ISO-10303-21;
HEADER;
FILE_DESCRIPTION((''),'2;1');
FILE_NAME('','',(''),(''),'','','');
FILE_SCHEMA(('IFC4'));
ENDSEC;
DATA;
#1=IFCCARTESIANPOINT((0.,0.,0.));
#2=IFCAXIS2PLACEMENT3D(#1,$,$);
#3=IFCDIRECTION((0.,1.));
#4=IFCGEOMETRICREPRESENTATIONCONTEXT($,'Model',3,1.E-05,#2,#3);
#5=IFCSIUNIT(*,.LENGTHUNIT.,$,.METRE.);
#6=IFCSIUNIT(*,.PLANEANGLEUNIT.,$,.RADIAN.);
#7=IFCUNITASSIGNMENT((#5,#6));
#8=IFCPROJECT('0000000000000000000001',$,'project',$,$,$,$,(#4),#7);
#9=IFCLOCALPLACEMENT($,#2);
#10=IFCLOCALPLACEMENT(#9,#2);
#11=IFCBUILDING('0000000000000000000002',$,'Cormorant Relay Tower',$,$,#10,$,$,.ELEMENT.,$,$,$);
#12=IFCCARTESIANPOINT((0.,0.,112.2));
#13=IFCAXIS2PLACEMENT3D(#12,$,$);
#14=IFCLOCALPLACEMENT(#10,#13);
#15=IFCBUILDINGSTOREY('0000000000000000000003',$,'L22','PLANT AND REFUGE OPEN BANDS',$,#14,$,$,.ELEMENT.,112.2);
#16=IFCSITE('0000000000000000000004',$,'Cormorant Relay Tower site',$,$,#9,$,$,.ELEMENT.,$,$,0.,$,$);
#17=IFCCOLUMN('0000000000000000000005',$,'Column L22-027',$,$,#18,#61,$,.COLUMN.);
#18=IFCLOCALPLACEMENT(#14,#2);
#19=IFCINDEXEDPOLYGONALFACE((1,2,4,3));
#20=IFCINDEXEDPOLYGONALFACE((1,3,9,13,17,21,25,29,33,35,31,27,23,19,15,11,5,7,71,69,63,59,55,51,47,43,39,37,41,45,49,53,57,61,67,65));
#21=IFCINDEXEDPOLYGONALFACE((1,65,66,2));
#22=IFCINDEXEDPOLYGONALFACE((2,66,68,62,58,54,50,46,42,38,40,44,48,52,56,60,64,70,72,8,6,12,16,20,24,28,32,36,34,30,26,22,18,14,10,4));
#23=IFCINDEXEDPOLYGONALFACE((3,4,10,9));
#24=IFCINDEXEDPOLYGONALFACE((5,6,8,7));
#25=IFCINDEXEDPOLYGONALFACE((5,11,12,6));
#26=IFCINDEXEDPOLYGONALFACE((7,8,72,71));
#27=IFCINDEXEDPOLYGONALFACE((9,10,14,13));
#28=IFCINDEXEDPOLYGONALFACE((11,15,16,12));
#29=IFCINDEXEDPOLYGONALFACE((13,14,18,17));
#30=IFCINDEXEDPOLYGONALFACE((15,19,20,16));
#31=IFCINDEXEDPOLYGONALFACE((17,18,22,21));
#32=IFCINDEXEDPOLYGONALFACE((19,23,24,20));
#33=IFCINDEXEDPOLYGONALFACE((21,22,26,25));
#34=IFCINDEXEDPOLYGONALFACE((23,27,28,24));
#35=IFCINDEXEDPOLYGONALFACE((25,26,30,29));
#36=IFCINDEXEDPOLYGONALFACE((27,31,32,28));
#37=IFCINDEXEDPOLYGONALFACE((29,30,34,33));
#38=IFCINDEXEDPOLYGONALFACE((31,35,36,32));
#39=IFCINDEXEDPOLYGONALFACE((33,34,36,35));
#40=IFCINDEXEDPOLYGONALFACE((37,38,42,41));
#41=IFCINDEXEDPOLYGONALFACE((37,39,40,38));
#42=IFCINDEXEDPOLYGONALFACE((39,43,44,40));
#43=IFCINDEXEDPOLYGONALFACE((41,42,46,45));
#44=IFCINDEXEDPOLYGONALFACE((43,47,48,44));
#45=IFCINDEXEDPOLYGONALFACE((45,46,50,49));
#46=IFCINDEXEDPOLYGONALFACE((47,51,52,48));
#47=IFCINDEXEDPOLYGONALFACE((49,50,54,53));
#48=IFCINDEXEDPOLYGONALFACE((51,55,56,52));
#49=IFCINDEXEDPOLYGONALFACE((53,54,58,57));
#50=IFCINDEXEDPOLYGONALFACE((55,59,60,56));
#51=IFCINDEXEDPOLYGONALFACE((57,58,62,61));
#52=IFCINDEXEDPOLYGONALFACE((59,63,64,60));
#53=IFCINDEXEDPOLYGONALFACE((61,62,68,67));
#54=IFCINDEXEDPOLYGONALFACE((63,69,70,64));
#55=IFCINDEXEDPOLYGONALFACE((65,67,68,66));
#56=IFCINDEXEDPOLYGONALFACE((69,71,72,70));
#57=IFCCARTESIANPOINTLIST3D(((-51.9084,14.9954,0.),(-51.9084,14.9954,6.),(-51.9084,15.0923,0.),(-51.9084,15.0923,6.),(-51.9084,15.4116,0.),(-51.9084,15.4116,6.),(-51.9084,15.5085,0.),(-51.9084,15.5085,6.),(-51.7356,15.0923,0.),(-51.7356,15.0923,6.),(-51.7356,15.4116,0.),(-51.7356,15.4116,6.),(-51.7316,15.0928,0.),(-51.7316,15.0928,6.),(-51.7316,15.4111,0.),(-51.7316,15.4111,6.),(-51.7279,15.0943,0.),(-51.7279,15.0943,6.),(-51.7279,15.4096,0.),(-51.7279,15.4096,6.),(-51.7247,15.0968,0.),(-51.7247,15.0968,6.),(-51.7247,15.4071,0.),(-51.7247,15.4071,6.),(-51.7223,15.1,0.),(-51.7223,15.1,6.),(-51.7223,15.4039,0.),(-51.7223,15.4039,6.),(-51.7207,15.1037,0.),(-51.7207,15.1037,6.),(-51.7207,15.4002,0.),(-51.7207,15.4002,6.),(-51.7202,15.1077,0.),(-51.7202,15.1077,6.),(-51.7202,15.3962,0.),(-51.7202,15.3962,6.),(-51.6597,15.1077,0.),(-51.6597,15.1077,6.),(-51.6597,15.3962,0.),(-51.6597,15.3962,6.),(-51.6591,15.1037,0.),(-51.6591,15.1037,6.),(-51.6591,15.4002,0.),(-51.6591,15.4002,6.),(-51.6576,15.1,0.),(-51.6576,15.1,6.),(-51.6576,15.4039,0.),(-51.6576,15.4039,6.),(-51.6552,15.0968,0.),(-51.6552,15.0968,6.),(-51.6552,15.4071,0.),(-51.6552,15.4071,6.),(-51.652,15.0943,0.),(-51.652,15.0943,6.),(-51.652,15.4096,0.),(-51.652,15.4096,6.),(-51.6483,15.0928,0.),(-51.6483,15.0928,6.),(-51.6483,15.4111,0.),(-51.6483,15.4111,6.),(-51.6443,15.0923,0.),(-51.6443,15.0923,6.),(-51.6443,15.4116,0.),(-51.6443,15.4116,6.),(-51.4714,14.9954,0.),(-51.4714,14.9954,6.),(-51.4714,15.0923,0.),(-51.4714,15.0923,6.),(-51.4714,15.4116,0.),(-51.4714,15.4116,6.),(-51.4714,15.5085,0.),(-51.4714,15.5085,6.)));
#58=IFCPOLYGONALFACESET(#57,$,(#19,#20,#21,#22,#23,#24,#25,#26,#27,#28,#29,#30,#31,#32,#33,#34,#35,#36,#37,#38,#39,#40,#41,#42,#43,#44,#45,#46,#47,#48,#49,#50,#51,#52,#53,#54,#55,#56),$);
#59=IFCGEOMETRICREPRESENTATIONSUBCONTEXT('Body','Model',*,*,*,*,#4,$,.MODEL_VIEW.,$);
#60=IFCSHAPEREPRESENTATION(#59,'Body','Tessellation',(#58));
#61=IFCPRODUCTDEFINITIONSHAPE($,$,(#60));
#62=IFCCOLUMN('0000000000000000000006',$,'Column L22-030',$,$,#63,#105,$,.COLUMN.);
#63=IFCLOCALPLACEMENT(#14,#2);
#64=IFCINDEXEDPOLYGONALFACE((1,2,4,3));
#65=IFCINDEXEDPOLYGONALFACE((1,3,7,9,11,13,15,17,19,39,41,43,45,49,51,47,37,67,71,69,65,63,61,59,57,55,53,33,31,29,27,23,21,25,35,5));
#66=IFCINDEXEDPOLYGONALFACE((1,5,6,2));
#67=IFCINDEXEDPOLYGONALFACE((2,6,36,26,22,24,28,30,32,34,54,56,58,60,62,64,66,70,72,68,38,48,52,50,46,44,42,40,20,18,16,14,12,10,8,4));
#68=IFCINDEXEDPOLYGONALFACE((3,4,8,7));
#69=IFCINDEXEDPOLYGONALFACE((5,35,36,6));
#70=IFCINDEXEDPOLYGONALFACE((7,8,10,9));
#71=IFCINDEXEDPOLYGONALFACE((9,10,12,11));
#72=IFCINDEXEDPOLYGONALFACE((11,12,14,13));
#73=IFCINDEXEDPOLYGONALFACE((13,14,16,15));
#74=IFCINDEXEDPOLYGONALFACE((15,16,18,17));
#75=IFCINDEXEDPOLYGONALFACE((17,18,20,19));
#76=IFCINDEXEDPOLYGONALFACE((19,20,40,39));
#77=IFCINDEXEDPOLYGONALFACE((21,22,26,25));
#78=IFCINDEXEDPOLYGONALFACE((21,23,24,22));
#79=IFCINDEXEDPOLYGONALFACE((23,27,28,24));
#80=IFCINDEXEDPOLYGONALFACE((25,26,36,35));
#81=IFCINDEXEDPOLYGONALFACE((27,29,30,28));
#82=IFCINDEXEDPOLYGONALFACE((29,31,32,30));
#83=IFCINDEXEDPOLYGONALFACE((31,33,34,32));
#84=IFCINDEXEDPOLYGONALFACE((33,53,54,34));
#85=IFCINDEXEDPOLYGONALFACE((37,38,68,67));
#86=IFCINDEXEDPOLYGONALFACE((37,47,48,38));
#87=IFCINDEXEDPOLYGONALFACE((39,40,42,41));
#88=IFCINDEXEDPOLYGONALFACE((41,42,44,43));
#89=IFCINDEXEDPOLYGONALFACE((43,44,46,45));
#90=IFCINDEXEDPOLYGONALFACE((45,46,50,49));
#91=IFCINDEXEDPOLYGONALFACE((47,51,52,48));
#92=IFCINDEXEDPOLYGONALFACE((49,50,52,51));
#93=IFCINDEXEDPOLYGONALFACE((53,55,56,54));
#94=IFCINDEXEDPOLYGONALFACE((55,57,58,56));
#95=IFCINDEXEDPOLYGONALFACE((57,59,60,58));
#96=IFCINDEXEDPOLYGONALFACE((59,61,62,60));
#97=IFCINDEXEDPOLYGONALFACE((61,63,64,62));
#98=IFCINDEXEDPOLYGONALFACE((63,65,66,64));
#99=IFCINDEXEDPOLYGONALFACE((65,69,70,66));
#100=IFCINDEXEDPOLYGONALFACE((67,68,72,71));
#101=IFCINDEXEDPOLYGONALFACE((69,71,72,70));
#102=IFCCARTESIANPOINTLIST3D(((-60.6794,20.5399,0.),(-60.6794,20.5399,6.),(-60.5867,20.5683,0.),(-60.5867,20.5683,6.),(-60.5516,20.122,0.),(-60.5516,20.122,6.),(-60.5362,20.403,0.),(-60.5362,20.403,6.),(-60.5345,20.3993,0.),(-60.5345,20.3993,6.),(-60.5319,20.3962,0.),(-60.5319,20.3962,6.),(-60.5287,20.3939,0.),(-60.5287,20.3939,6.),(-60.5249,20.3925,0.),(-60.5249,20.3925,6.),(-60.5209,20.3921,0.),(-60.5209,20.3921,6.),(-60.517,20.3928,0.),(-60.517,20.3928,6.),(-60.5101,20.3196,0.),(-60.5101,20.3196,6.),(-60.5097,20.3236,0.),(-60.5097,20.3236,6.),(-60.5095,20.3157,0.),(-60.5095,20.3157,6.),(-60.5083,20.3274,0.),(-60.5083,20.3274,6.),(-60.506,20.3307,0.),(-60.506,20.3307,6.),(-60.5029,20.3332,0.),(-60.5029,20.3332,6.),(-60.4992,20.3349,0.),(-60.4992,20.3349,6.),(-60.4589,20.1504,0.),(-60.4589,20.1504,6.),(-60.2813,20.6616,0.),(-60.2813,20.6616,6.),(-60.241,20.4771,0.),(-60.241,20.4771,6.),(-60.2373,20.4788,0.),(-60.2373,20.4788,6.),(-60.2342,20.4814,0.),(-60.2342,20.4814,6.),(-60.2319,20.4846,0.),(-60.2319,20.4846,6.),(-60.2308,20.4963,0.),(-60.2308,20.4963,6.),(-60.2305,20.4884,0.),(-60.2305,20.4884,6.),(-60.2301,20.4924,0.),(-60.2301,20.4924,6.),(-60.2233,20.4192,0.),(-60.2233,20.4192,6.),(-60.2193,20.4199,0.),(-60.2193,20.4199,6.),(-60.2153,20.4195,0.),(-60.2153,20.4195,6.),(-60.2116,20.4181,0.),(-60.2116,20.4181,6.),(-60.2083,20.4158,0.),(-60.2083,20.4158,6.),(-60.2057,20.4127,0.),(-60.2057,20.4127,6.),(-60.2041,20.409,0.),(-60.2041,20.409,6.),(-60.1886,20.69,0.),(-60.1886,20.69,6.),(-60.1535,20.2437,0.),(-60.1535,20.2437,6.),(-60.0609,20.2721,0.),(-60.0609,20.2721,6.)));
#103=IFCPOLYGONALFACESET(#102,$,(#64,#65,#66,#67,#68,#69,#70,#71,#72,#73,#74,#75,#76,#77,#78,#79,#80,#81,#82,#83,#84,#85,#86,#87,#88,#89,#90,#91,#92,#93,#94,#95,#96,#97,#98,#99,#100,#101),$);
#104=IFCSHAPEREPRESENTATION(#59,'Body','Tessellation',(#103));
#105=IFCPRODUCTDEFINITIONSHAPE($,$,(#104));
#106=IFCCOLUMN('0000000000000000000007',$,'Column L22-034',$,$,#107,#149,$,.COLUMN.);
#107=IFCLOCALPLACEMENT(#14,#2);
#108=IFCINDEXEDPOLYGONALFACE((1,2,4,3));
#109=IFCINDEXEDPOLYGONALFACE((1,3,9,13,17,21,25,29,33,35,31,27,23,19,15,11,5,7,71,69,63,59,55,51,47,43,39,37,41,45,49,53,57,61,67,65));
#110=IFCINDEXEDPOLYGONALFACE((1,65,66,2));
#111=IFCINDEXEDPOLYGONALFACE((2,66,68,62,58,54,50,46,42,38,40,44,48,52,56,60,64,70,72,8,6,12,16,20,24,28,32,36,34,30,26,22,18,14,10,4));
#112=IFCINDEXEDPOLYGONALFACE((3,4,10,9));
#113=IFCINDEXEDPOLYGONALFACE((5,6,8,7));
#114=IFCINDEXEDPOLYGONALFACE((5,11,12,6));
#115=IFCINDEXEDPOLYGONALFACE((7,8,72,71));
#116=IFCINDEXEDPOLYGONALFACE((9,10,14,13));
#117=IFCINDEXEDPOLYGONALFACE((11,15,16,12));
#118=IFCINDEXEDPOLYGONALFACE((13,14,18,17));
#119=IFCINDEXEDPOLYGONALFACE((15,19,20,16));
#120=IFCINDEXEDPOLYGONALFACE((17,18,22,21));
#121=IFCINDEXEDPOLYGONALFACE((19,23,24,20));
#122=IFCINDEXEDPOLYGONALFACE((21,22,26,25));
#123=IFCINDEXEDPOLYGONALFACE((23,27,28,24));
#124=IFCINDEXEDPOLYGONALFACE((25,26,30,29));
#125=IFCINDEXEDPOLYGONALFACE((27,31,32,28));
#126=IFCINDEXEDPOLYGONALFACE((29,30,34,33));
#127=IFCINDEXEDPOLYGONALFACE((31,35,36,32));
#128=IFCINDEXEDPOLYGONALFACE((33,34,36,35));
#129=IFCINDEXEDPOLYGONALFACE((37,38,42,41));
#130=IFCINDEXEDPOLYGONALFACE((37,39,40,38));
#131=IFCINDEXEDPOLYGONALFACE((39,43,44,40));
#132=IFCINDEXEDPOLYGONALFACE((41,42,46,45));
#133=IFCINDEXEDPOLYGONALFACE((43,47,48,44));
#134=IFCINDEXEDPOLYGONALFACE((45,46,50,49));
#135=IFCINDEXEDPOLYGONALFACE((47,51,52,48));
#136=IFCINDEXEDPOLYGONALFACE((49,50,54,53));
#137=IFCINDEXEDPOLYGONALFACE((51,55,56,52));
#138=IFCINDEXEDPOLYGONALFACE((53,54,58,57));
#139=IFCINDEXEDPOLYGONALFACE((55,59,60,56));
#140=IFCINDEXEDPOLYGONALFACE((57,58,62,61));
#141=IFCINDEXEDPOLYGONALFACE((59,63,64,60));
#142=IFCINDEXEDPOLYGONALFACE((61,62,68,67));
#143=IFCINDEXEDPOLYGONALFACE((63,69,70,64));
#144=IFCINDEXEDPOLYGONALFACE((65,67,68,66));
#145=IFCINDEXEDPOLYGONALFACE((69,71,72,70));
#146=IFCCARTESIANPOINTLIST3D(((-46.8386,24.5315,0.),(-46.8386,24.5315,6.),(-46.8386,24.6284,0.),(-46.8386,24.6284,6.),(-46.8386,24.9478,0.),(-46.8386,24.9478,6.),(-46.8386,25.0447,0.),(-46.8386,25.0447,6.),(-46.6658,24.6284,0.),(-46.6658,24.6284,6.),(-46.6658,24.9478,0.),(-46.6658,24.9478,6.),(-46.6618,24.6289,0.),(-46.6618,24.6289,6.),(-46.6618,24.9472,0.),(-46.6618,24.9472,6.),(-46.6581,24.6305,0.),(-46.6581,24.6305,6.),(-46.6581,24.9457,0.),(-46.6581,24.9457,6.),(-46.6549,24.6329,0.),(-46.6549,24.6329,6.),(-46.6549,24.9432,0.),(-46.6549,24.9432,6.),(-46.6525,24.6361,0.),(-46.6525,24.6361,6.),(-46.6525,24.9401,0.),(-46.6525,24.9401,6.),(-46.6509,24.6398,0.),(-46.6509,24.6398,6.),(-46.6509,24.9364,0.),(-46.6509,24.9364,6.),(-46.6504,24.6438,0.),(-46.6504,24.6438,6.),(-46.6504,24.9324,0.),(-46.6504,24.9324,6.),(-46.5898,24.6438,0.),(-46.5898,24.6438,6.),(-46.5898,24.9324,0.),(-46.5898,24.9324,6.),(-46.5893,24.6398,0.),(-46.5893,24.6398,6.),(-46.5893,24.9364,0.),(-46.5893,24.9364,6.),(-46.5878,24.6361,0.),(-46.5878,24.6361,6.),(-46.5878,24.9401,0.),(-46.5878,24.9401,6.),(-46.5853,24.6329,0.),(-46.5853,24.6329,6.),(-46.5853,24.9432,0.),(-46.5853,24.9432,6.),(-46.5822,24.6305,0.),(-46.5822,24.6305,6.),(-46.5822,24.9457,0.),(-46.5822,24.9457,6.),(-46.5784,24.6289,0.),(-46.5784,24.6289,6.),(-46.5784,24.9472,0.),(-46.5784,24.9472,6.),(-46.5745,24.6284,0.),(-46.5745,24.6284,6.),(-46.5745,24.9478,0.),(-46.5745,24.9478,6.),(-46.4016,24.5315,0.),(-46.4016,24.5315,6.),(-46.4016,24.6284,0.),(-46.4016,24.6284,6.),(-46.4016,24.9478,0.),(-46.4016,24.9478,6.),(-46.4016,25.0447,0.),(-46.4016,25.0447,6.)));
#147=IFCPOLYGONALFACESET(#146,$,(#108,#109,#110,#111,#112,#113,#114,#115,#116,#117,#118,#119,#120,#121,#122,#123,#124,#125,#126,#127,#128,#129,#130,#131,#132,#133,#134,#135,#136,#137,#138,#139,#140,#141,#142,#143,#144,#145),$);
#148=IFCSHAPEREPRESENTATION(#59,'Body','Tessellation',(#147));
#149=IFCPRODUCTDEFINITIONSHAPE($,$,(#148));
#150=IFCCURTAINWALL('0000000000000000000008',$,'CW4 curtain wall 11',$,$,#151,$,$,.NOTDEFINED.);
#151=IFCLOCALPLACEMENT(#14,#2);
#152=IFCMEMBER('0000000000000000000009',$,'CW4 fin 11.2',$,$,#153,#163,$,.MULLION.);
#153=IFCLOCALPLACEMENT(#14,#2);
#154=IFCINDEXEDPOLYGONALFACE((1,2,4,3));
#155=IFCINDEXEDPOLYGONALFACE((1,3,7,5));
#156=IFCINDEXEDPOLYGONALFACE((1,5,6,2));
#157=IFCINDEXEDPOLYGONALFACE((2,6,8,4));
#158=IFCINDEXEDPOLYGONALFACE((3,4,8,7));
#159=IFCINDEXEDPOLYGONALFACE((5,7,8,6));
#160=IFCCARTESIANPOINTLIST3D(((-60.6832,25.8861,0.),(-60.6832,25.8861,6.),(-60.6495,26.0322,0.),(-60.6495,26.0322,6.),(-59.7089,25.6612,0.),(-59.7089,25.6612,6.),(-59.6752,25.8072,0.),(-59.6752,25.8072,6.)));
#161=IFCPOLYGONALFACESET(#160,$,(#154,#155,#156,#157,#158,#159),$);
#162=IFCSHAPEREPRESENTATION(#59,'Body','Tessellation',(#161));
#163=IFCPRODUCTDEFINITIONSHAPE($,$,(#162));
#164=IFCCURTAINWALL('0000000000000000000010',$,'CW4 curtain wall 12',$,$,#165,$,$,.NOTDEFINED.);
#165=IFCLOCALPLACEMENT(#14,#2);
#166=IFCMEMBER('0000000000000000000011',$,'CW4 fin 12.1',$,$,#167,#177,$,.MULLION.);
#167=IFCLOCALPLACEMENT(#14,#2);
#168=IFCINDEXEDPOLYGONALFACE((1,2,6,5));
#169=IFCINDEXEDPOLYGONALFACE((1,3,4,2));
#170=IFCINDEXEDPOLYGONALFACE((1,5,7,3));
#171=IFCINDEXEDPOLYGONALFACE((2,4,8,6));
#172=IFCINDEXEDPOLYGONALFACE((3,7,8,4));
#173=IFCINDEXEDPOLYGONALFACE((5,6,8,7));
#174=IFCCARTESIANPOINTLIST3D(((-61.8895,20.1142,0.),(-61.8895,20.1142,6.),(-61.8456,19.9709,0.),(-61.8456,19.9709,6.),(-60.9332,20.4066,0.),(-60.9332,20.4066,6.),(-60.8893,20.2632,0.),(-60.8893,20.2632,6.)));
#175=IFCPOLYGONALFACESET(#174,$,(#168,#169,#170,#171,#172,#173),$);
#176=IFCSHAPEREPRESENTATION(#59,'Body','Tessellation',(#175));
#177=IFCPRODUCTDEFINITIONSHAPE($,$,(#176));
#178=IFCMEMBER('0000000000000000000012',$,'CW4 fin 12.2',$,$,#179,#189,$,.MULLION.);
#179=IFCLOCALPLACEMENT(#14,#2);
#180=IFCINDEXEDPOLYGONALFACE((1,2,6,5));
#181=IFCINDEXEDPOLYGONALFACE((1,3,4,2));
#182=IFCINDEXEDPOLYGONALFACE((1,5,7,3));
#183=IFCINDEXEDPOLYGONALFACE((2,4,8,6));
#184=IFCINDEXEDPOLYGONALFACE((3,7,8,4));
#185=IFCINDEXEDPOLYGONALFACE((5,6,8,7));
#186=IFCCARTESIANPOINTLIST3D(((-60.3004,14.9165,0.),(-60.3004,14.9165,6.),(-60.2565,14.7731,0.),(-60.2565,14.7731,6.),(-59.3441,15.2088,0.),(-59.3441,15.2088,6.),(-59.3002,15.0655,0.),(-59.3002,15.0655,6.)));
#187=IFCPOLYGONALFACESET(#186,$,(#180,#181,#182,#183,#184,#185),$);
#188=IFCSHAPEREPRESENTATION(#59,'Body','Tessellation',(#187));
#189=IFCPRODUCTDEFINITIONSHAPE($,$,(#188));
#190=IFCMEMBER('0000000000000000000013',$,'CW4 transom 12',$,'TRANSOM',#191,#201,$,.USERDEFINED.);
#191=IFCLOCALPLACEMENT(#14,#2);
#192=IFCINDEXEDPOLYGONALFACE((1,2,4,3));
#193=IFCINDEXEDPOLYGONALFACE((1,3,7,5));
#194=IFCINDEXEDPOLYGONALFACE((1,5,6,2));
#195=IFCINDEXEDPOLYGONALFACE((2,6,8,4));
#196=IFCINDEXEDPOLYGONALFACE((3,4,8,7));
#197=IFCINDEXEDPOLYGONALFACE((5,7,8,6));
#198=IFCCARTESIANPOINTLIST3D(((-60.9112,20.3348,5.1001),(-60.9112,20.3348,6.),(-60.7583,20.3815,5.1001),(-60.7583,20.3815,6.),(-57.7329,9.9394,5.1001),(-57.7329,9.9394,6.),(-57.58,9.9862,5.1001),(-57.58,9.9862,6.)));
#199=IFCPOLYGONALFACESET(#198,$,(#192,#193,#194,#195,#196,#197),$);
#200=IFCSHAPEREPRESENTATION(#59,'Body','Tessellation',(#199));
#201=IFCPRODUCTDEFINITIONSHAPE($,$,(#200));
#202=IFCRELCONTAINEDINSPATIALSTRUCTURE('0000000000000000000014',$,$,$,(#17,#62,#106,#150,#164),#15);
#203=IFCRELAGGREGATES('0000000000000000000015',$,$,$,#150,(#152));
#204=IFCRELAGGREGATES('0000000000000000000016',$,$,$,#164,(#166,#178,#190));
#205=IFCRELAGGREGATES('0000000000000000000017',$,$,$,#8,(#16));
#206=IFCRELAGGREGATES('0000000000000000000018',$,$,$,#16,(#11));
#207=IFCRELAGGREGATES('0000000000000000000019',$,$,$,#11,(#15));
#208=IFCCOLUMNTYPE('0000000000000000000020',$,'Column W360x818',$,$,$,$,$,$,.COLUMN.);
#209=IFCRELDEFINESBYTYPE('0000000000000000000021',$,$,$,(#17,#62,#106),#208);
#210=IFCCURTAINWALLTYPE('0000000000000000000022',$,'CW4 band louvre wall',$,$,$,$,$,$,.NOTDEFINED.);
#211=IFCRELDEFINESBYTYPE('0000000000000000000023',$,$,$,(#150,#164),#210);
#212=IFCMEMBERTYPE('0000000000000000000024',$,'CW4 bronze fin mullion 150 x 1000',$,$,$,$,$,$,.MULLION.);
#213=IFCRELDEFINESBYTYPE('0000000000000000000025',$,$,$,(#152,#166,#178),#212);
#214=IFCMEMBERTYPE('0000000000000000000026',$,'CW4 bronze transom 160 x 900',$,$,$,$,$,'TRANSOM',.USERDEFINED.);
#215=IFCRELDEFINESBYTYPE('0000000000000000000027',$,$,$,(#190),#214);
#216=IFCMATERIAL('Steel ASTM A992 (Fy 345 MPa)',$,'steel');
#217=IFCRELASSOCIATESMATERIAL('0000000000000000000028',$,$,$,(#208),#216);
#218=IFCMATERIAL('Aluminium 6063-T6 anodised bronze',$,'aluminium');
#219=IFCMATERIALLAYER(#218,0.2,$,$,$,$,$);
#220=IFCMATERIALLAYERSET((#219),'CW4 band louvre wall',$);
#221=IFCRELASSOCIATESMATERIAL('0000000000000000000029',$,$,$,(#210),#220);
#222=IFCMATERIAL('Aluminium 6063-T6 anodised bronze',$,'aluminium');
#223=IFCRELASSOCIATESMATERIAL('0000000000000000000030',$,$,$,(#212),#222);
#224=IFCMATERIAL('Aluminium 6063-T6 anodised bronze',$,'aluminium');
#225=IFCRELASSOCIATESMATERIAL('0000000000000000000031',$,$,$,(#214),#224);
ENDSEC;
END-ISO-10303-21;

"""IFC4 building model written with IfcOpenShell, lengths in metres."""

from ifc_helpers import new_model, si_unit, direction, frame, origin, origin_2d, place, context, subcontext, project, spatial, rectangle, i_section, extrude, material, layer, layer_set, material_profile, profile_set, type_object, element, aggregate, save


model = new_model("IFC4")

# Units and contexts
model_context = context("Model", 3, precision=1e-05, world=origin(), true_north=direction((0.0, 1.0)))
body_context = subcontext(model_context, "Body", "Model", "MODEL_VIEW")
ifc_project = project(units=[si_unit("LENGTHUNIT", "METRE"), si_unit("PLANEANGLEUNIT", "RADIAN")], contexts=[model_context])

# Site, building, storey
site_placement = place(None, origin())
site = spatial("IfcSite", under=ifc_project, at=site_placement, Name="Cormorant Relay Tower site", CompositionType="ELEMENT", RefElevation=0.0)
building_placement = place(site_placement, origin())
building = spatial("IfcBuilding", under=site, at=building_placement, Name="Cormorant Relay Tower", CompositionType="ELEMENT")
storey_placement = place(building_placement, frame((0.0, 0.0, 112.2)))
storey = spatial("IfcBuildingStorey", under=building, at=storey_placement, Name="L22", Description="PLANT AND REFUGE OPEN BANDS", CompositionType="ELEMENT", Elevation=112.2)

# Columns
ifc_material_1 = material(Name="Steel ASTM A992 (Fy 345 MPa)", Category="steel")
ifc_material_profile_1 = material_profile(ifc_material_1, i_section(OverallWidth=0.437, OverallDepth=0.5132, WebThickness=0.0605, FlangeThickness=0.0969, FilletRadius=0.0154, at=origin_2d()), Name="W360x818")
ifc_profile_set_1 = profile_set([ifc_material_profile_1], Name="Steel ASTM A992 (Fy 345 MPa)")
column_type = type_object("IfcColumnType", Name="Column W360x818", PredefinedType="COLUMN", material=ifc_profile_set_1)
for number, where, z_axis, x_axis, name in (
    (1, (-51.6899, 15.252, 0.0), (0.0, 0.0, 1.0), (1.0, 0.0, 0.0), "Column L22-027"),
    (2, (-60.3701, 20.406, 0.0), (0.0, 0.0, 1.0), (0.292372, -0.956305, 0.0), "Column L22-030"),
    (3, (-46.6201, 24.7881, 0.0), (0.0, 0.0, 1.0), (1.0, 0.0, 0.0), "Column L22-034"),
):
    element("IfcColumn", number, at=place(storey_placement, frame(where, z_axis=z_axis, x_axis=x_axis)), inside=storey, type_object=column_type, Name=name, PredefinedType="COLUMN", context=body_context, shape_type="SweptSolid", body=[
        extrude(i_section(OverallWidth=0.437, OverallDepth=0.5132, WebThickness=0.0605, FlangeThickness=0.0969, FilletRadius=0.0154, at=origin_2d()), origin(), (0.0, 0.0, 1.0), 6.0),
    ])

# Curtain wall, member
ifc_material_2 = material(Name="Aluminium 6063-T6 anodised bronze", Category="aluminium")
ifc_layer_1 = layer(ifc_material_2, 0.2)
ifc_layer_set_1 = layer_set([ifc_layer_1], Name="CW4 band louvre wall")
curtain_wall_type = type_object("IfcCurtainWallType", Name="CW4 band louvre wall", PredefinedType="NOTDEFINED", material=ifc_layer_set_1)
curtain_wall_1_placement = place(storey_placement, origin())
curtain_wall_1 = element("IfcCurtainWall", 4, at=curtain_wall_1_placement, inside=storey, type_object=curtain_wall_type, Name="CW4 curtain wall 11", PredefinedType="NOTDEFINED")
ifc_material_3 = material(Name="Aluminium 6063-T6 anodised bronze", Category="aluminium")
ifc_material_profile_2 = material_profile(ifc_material_3, rectangle(XDim=0.1499, YDim=1.0, at=origin_2d()), Name="AL 150x1000")
ifc_profile_set_2 = profile_set([ifc_material_profile_2], Name="Aluminium 6063-T6 anodised bronze")
member_type_1 = type_object("IfcMemberType", Name="CW4 bronze fin mullion 150 x 1000", PredefinedType="MULLION", material=ifc_profile_set_2)
member_1_placement = place(storey_placement, frame((-60.1792, 25.8467, 0.0), z_axis=(0.0, 0.0, 1.0), x_axis=(-0.224951, -0.97437, 0.0)))
member_1 = element("IfcMember", 5, at=member_1_placement, type_object=member_type_1, Name="CW4 fin 11.2", PredefinedType="MULLION", context=body_context, shape_type="SweptSolid", body=[
    extrude(rectangle(XDim=0.1499, YDim=1.0, at=origin_2d()), origin(), (0.0, 0.0, 1.0), 6.0),
])

# Curtain wall, members
curtain_wall_2_placement = place(storey_placement, origin())
curtain_wall_2 = element("IfcCurtainWall", 6, at=curtain_wall_2_placement, inside=storey, type_object=curtain_wall_type, Name="CW4 curtain wall 12", PredefinedType="NOTDEFINED")
member_2_placement = place(storey_placement, frame((-61.3894, 20.1887, 0.0), z_axis=(0.0, 0.0, 1.0), x_axis=(0.292372, -0.956305, 0.0)))
member_2 = element("IfcMember", 7, at=member_2_placement, type_object=member_type_1, Name="CW4 fin 12.1", PredefinedType="MULLION", context=body_context, shape_type="SweptSolid", body=[
    extrude(rectangle(XDim=0.1499, YDim=1.0, at=origin_2d()), origin(), (0.0, 0.0, 1.0), 6.0),
])
member_3_placement = place(storey_placement, frame((-59.8003, 14.991, 0.0), z_axis=(0.0, 0.0, 1.0), x_axis=(0.292372, -0.956305, 0.0)))
member_3 = element("IfcMember", 8, at=member_3_placement, type_object=member_type_1, Name="CW4 fin 12.2", PredefinedType="MULLION", context=body_context, shape_type="SweptSolid", body=[
    extrude(rectangle(XDim=0.1499, YDim=1.0, at=origin_2d()), origin(), (0.0, 0.0, 1.0), 6.0),
])
ifc_material_4 = material(Name="Aluminium 6063-T6 anodised bronze", Category="aluminium")
ifc_material_profile_3 = material_profile(ifc_material_4, rectangle(XDim=0.1599, YDim=0.8999, at=origin_2d()), Name="AL 160x900")
ifc_profile_set_3 = profile_set([ifc_material_profile_3], Name="Aluminium 6063-T6 anodised bronze")
member_type_2 = type_object("IfcMemberType", Name="CW4 bronze transom 160 x 900", ElementType="TRANSOM", PredefinedType="USERDEFINED", material=ifc_profile_set_3)
member_4_placement = place(storey_placement, frame((-60.8347, 20.3582, 5.55), z_axis=(0.292378, -0.956303, 0.0), x_axis=(0.956303, 0.292378, 0.0)))
member_4 = element("IfcMember", 9, at=member_4_placement, type_object=member_type_2, Name="CW4 transom 12", ObjectType="TRANSOM", PredefinedType="USERDEFINED", context=body_context, shape_type="SweptSolid", body=[
    extrude(rectangle(XDim=0.1599, YDim=0.8999, at=origin_2d()), origin(), (0.0, 0.0, 1.0), 10.8704),
])

aggregate(curtain_wall_1, [member_1])
aggregate(curtain_wall_2, [member_2, member_3, member_4])

save(model, "model.ifc")
